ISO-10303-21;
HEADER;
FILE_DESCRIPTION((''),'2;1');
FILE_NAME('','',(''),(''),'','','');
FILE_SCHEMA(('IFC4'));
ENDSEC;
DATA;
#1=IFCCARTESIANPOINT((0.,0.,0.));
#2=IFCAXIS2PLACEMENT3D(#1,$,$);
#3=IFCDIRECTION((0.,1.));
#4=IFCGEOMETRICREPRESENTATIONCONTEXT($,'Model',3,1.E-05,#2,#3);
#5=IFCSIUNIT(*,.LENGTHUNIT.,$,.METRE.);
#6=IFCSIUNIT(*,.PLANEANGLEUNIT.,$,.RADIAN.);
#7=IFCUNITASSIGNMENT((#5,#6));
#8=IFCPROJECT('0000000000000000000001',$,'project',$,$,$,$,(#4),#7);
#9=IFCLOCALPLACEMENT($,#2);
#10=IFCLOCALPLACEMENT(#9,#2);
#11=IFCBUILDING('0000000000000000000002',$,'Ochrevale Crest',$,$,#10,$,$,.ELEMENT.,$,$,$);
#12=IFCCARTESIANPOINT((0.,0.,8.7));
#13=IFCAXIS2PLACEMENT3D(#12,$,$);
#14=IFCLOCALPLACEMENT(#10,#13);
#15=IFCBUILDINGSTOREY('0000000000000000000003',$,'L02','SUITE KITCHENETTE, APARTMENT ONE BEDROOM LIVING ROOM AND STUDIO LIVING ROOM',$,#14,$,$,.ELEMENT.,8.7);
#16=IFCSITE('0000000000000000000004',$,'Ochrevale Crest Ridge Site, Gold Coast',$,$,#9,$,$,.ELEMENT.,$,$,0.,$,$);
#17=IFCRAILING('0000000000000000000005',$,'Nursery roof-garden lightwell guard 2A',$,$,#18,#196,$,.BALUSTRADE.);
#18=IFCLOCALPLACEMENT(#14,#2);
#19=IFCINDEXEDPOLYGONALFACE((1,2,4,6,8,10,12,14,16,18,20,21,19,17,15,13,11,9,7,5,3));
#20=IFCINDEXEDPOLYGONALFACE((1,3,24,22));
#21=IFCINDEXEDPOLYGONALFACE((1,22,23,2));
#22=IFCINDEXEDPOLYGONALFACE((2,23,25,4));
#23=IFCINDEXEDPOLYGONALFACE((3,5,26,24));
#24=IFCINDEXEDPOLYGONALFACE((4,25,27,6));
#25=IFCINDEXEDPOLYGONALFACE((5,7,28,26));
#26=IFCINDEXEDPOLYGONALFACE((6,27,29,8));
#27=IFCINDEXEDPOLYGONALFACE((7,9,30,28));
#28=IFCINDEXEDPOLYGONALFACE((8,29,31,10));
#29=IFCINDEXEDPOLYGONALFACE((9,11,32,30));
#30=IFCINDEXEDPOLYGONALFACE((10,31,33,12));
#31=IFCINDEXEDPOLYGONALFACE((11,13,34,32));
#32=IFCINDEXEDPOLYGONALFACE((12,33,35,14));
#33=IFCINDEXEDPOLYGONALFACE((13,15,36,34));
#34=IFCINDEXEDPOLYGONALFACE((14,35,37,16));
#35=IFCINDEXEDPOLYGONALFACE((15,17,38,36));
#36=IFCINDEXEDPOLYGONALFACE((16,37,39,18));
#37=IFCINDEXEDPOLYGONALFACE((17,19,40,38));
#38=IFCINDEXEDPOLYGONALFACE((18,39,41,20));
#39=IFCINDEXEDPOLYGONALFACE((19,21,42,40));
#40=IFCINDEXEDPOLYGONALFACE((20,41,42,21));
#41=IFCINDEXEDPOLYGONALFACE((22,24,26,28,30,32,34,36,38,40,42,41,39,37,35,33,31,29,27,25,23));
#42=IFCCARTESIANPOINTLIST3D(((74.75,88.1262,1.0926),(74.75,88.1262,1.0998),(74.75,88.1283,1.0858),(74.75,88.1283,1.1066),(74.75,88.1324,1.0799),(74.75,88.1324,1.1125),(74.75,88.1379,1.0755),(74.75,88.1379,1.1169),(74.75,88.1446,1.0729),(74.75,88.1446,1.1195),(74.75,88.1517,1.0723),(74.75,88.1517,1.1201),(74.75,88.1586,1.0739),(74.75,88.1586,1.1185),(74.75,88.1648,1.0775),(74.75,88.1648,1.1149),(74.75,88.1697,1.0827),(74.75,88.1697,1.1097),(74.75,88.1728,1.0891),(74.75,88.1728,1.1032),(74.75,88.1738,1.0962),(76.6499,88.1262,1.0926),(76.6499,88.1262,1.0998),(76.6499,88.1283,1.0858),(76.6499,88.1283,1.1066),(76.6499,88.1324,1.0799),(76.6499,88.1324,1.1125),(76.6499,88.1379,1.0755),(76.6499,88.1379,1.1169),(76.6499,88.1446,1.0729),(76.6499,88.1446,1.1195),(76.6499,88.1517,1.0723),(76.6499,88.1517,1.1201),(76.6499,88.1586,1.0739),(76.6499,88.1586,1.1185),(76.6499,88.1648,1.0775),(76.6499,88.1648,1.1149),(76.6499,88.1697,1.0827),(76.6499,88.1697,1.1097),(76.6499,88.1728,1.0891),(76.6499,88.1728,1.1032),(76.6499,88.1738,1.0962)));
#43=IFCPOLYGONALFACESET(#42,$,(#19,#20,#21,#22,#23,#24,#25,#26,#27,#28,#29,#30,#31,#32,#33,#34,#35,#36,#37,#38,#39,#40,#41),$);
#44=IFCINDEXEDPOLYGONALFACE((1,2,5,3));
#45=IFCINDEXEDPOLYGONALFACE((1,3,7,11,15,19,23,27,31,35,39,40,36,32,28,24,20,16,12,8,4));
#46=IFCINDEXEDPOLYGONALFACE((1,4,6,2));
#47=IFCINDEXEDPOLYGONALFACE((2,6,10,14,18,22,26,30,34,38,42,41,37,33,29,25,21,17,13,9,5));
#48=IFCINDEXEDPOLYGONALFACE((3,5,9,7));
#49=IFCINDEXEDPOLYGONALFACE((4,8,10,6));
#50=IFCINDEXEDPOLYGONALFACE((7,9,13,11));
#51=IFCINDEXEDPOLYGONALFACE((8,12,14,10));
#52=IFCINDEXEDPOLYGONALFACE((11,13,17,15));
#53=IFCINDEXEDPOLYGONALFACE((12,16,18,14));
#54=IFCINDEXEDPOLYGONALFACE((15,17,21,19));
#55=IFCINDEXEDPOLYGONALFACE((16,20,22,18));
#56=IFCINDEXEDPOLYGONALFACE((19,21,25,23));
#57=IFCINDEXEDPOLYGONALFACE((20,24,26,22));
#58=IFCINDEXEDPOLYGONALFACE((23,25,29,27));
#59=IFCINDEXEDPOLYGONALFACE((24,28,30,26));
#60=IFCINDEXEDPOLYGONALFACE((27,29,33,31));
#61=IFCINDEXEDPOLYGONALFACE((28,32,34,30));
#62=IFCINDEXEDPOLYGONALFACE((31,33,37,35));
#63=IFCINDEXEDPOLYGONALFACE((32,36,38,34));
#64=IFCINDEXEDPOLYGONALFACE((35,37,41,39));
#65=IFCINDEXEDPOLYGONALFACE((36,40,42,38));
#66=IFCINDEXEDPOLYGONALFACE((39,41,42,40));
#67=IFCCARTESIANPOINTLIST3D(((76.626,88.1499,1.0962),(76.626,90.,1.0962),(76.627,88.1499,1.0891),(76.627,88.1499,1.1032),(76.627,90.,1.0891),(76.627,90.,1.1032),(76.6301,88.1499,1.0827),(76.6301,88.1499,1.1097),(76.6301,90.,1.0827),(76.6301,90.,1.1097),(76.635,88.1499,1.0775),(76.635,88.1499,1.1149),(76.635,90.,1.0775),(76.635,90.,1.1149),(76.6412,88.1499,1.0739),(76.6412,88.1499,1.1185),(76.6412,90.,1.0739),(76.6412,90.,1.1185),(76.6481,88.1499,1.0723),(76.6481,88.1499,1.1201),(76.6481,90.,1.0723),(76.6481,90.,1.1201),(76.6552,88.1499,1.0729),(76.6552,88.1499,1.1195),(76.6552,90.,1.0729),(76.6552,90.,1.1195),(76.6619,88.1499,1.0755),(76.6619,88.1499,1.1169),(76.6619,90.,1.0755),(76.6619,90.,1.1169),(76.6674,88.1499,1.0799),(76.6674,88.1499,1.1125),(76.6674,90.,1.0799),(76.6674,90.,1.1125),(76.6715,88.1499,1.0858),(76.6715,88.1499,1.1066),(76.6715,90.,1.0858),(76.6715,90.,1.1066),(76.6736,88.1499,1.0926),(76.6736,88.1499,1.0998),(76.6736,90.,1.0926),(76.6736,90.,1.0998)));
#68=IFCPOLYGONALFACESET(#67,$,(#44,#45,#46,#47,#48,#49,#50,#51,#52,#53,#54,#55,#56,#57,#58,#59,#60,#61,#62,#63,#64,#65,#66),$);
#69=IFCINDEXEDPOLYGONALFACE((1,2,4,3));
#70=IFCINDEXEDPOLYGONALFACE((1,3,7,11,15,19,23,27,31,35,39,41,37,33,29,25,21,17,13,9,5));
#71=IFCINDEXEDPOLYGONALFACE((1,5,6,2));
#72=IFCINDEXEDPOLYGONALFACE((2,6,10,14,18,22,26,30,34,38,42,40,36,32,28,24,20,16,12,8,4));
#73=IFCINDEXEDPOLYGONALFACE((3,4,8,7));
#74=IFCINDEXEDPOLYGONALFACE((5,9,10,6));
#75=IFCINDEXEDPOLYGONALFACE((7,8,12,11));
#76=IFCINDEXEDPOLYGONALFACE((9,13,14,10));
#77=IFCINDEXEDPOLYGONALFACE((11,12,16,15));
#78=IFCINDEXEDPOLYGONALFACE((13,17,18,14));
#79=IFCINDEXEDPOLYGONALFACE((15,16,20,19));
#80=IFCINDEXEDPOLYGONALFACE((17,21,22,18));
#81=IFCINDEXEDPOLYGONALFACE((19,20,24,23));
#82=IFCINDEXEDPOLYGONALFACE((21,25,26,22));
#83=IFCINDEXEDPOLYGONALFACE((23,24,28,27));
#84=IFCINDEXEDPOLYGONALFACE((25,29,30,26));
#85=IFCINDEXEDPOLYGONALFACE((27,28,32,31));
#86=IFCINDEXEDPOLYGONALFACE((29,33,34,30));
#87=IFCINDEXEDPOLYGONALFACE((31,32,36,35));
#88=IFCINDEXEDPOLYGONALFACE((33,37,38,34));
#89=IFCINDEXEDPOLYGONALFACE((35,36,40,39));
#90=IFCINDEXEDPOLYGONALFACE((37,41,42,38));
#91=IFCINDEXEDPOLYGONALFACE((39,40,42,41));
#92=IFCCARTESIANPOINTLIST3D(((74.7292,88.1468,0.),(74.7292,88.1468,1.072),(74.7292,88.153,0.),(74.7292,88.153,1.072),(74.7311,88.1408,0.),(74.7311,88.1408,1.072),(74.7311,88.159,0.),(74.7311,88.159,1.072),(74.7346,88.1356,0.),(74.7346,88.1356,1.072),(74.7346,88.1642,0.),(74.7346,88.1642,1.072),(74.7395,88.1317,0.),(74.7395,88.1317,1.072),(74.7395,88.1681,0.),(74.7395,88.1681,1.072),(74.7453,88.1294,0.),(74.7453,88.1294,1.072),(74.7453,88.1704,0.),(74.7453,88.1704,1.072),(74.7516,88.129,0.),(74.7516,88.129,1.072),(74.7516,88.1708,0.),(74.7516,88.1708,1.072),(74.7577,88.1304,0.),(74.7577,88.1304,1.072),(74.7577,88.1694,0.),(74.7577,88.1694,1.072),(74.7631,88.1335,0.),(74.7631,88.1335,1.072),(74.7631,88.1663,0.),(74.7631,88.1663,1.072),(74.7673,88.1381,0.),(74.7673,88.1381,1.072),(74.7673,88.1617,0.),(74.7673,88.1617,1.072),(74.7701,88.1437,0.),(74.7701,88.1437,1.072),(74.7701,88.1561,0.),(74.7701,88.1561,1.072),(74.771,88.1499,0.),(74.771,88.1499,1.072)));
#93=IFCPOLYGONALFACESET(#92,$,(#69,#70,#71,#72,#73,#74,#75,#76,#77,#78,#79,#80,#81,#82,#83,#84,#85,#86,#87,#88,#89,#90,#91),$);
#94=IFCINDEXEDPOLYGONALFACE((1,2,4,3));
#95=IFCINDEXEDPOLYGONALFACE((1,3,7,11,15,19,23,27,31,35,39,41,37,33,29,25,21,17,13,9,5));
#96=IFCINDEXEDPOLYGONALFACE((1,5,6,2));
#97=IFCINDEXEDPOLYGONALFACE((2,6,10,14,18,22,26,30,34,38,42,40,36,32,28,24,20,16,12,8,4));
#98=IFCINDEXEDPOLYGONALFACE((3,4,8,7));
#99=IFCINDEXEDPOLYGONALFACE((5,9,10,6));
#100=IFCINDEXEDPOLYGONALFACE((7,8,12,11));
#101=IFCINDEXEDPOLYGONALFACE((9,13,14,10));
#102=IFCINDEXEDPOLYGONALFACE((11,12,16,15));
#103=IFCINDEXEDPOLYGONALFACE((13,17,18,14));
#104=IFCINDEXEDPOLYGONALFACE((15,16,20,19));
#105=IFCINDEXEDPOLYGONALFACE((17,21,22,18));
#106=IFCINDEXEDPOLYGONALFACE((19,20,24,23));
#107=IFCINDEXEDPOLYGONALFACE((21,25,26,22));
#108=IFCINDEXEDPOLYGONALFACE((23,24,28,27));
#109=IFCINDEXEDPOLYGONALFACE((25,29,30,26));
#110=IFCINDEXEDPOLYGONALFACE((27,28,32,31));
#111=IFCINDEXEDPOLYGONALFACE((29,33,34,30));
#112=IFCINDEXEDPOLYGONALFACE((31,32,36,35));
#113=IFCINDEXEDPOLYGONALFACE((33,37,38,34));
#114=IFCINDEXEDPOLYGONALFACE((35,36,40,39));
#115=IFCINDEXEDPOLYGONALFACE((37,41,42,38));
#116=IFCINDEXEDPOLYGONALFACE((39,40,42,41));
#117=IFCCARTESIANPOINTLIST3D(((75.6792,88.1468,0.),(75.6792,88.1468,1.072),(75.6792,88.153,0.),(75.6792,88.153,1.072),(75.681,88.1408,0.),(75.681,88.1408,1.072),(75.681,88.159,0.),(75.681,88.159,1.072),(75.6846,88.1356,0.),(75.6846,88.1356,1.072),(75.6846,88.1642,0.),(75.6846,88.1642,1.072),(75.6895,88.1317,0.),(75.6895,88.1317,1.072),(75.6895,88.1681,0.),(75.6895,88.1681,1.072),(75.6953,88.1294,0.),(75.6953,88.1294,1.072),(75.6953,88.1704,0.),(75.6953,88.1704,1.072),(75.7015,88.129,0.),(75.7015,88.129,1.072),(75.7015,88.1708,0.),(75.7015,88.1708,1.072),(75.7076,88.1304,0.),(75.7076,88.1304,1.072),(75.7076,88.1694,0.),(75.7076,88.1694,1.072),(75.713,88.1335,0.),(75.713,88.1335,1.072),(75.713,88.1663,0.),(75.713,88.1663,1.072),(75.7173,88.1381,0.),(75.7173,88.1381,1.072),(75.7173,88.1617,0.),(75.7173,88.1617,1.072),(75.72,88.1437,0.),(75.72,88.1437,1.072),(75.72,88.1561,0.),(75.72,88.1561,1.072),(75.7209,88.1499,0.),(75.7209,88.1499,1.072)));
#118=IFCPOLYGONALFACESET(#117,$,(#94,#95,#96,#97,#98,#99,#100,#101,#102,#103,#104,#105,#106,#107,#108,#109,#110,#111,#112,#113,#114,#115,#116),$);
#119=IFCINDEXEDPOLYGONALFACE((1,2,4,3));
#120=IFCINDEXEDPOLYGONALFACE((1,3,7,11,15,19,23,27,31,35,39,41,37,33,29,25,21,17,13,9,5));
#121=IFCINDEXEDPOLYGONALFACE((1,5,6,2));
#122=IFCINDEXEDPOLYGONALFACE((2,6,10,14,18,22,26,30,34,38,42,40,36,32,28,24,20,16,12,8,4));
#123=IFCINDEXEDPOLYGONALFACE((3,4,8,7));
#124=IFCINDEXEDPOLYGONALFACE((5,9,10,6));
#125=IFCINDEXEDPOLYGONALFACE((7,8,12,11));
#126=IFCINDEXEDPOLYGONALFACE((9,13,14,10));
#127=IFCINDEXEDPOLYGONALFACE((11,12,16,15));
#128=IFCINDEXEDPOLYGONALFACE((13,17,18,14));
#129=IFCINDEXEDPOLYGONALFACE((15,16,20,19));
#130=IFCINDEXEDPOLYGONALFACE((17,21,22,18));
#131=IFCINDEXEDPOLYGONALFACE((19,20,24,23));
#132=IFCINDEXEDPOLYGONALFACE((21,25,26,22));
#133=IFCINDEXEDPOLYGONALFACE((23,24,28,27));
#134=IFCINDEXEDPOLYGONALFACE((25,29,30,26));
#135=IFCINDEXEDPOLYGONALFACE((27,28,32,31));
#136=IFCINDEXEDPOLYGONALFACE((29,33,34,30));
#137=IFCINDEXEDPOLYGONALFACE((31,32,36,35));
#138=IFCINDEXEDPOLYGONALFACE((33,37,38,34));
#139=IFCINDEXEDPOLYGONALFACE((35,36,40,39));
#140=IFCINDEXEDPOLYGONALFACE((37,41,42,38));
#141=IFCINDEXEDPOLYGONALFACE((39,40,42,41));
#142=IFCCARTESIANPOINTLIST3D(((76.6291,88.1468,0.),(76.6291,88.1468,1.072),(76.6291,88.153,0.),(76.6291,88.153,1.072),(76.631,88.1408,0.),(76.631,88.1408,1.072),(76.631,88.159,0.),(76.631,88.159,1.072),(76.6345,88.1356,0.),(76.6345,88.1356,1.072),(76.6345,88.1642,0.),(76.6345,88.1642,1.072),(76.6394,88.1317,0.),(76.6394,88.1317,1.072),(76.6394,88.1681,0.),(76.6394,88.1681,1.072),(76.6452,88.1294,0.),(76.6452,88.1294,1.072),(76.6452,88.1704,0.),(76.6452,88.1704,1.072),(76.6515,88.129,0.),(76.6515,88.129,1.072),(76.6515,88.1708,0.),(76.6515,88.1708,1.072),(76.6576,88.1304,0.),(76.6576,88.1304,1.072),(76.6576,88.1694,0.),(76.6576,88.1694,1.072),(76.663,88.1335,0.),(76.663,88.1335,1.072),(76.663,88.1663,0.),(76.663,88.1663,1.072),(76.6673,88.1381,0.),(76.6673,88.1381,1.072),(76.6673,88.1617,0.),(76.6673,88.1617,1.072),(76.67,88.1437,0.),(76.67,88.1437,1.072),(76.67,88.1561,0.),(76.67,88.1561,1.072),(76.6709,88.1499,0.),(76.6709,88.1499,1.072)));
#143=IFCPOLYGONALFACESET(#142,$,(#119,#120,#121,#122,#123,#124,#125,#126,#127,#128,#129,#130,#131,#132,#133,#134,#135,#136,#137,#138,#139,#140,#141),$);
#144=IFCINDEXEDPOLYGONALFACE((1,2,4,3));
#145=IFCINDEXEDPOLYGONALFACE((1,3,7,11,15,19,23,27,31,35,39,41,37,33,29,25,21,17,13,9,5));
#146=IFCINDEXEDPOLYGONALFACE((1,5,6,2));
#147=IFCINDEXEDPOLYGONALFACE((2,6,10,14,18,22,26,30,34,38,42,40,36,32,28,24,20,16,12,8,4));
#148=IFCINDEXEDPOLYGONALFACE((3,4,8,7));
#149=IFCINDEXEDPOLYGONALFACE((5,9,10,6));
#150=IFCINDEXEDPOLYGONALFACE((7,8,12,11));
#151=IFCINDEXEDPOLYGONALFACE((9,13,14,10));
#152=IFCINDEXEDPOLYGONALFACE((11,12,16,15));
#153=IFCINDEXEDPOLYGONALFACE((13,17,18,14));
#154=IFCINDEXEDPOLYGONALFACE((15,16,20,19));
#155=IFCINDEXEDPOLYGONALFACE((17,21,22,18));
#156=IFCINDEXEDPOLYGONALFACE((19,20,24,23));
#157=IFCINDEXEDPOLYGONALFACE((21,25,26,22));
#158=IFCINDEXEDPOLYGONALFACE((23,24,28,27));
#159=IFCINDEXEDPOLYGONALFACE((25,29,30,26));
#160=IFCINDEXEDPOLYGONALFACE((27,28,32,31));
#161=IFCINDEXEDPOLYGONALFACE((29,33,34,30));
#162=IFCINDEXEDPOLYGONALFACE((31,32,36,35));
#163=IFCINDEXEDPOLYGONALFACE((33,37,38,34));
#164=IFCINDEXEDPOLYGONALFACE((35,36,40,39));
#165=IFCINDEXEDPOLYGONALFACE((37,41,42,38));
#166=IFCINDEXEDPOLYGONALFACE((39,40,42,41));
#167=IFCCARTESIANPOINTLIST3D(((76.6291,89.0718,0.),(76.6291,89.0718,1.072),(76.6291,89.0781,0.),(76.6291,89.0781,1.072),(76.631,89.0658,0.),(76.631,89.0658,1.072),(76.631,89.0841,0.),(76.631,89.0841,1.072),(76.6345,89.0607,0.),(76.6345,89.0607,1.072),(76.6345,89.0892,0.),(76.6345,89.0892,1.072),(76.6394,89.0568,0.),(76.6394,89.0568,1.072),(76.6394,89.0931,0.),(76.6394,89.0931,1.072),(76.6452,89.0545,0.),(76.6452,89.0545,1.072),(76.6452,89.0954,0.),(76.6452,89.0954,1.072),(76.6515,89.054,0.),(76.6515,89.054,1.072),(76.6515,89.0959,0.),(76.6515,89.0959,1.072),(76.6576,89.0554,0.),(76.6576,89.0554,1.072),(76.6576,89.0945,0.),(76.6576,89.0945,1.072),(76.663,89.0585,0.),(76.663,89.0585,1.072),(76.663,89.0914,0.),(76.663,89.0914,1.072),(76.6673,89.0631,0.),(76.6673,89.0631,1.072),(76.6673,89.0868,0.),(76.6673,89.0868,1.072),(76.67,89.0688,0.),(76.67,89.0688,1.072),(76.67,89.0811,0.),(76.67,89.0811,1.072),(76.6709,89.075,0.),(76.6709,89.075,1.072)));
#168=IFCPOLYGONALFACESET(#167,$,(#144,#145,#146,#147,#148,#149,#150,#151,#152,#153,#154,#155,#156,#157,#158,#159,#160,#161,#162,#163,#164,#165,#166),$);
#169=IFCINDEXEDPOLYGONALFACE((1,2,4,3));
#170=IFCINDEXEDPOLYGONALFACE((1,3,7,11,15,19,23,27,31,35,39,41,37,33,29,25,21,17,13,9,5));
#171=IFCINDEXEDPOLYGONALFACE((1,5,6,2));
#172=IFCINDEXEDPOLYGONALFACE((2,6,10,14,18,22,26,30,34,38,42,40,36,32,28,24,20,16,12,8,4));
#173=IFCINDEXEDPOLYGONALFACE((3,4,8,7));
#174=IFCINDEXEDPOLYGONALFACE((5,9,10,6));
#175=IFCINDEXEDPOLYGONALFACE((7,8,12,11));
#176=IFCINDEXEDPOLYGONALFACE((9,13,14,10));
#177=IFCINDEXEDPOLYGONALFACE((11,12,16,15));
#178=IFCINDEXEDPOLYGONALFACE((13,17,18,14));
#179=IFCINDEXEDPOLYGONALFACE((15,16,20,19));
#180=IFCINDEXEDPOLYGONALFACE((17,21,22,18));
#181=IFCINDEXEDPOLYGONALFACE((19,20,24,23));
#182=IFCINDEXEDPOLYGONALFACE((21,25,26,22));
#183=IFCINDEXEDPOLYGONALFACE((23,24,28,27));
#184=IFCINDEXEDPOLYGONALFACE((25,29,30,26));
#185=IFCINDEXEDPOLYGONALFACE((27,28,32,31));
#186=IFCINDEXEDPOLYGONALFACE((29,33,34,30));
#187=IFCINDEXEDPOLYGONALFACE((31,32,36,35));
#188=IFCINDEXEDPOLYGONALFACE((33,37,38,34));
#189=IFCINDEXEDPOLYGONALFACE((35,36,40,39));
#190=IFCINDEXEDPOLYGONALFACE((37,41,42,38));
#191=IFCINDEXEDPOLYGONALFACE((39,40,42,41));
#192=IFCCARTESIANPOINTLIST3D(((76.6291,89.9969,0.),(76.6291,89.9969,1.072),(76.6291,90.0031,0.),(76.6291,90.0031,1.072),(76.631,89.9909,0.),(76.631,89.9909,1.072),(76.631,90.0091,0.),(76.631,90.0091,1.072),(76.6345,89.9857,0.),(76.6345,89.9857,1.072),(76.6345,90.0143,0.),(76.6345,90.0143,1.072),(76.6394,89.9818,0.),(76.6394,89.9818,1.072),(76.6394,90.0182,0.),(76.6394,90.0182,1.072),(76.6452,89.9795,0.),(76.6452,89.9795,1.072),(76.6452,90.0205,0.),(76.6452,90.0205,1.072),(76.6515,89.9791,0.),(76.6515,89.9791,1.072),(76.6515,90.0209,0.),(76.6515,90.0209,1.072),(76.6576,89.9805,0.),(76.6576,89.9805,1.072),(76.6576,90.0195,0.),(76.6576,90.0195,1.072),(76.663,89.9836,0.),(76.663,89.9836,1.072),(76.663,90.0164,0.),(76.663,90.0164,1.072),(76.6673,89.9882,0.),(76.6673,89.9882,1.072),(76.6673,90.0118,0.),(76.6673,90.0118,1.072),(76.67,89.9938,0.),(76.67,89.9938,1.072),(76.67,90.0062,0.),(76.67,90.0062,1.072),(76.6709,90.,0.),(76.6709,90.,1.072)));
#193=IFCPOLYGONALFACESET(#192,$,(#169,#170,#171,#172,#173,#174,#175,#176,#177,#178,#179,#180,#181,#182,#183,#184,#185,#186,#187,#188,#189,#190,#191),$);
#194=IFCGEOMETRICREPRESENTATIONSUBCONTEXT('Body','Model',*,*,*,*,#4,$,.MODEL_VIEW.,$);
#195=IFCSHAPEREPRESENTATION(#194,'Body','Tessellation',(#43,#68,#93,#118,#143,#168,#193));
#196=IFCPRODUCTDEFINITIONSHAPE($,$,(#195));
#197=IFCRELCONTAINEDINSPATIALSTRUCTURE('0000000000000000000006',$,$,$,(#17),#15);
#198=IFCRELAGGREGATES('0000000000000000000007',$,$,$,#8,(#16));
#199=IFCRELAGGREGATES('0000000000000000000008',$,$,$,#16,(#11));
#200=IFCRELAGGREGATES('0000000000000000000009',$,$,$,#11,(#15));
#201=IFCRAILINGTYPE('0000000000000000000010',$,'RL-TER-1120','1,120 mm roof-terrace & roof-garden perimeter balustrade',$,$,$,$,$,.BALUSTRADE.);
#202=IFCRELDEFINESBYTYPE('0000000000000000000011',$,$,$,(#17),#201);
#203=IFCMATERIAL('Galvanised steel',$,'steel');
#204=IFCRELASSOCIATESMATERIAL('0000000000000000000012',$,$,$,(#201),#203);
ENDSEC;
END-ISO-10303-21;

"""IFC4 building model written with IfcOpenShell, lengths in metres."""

from ifc_helpers import new_model, si_unit, direction, frame, origin, origin_2d, place, context, subcontext, project, spatial, circle, extrude, material, type_object, element, save


model = new_model("IFC4")

# Units and contexts
model_context = context("Model", 3, precision=1e-05, world=origin(), true_north=direction((0.0, 1.0)))
body_context = subcontext(model_context, "Body", "Model", "MODEL_VIEW")
ifc_project = project(units=[si_unit("LENGTHUNIT", "METRE"), si_unit("PLANEANGLEUNIT", "RADIAN")], contexts=[model_context])

# Site, building, storey
site_placement = place(None, origin())
site = spatial("IfcSite", under=ifc_project, at=site_placement, Name="Ochrevale Crest Ridge Site, Gold Coast", CompositionType="ELEMENT", RefElevation=0.0)
building_placement = place(site_placement, origin())
building = spatial("IfcBuilding", under=site, at=building_placement, Name="Ochrevale Crest", CompositionType="ELEMENT")
storey_placement = place(building_placement, frame((0.0, 0.0, 8.7)))
storey = spatial("IfcBuildingStorey", under=building, at=storey_placement, Name="L02", Description="SUITE KITCHENETTE, APARTMENT ONE BEDROOM LIVING ROOM AND STUDIO LIVING ROOM", CompositionType="ELEMENT", Elevation=8.7)

# Railing
ifc_material_1 = material(Name="Galvanised steel", Category="steel")
railing_type = type_object("IfcRailingType", Name="RL-TER-1120", Description="1,120 mm roof-terrace & roof-garden perimeter balustrade", PredefinedType="BALUSTRADE", material=ifc_material_1)
railing_1_placement = place(storey_placement, frame((74.75, 88.1499, 0.0)))
element("IfcRailing", 1, at=railing_1_placement, inside=storey, type_object=railing_type, Name="Nursery roof-garden lightwell guard 2A", PredefinedType="BALUSTRADE", context=body_context, shape_type="SweptSolid", body=[
    extrude(circle(Radius=0.0239, at=origin_2d()), frame((0.0, 0.0, 1.0962), z_axis=(1.0, 0.0, 0.0), x_axis=(0.0, 1.0, 0.0)), (0.0, 0.0, 1.0), 1.8999),
    extrude(circle(Radius=0.0239, at=origin_2d()), frame((1.8999, 0.0, 1.0962), z_axis=(0.0, 1.0, 0.0), x_axis=(-1.0, 0.0, 0.0)), (0.0, 0.0, 1.0), 1.8501),
    extrude(circle(Radius=0.021, at=origin_2d()), origin(), (0.0, 0.0, 1.0), 1.072),
    extrude(circle(Radius=0.021, at=origin_2d()), frame((0.95, 0.0, 0.0)), (0.0, 0.0, 1.0), 1.072),
    extrude(circle(Radius=0.021, at=origin_2d()), frame((1.8999, 0.0, 0.0)), (0.0, 0.0, 1.0), 1.072),
    extrude(circle(Radius=0.021, at=origin_2d()), frame((1.8999, 0.925, 0.0)), (0.0, 0.0, 1.0), 1.072),
    extrude(circle(Radius=0.021, at=origin_2d()), frame((1.8999, 1.8501, 0.0)), (0.0, 0.0, 1.0), 1.072),
])

save(model, "model.ifc")
